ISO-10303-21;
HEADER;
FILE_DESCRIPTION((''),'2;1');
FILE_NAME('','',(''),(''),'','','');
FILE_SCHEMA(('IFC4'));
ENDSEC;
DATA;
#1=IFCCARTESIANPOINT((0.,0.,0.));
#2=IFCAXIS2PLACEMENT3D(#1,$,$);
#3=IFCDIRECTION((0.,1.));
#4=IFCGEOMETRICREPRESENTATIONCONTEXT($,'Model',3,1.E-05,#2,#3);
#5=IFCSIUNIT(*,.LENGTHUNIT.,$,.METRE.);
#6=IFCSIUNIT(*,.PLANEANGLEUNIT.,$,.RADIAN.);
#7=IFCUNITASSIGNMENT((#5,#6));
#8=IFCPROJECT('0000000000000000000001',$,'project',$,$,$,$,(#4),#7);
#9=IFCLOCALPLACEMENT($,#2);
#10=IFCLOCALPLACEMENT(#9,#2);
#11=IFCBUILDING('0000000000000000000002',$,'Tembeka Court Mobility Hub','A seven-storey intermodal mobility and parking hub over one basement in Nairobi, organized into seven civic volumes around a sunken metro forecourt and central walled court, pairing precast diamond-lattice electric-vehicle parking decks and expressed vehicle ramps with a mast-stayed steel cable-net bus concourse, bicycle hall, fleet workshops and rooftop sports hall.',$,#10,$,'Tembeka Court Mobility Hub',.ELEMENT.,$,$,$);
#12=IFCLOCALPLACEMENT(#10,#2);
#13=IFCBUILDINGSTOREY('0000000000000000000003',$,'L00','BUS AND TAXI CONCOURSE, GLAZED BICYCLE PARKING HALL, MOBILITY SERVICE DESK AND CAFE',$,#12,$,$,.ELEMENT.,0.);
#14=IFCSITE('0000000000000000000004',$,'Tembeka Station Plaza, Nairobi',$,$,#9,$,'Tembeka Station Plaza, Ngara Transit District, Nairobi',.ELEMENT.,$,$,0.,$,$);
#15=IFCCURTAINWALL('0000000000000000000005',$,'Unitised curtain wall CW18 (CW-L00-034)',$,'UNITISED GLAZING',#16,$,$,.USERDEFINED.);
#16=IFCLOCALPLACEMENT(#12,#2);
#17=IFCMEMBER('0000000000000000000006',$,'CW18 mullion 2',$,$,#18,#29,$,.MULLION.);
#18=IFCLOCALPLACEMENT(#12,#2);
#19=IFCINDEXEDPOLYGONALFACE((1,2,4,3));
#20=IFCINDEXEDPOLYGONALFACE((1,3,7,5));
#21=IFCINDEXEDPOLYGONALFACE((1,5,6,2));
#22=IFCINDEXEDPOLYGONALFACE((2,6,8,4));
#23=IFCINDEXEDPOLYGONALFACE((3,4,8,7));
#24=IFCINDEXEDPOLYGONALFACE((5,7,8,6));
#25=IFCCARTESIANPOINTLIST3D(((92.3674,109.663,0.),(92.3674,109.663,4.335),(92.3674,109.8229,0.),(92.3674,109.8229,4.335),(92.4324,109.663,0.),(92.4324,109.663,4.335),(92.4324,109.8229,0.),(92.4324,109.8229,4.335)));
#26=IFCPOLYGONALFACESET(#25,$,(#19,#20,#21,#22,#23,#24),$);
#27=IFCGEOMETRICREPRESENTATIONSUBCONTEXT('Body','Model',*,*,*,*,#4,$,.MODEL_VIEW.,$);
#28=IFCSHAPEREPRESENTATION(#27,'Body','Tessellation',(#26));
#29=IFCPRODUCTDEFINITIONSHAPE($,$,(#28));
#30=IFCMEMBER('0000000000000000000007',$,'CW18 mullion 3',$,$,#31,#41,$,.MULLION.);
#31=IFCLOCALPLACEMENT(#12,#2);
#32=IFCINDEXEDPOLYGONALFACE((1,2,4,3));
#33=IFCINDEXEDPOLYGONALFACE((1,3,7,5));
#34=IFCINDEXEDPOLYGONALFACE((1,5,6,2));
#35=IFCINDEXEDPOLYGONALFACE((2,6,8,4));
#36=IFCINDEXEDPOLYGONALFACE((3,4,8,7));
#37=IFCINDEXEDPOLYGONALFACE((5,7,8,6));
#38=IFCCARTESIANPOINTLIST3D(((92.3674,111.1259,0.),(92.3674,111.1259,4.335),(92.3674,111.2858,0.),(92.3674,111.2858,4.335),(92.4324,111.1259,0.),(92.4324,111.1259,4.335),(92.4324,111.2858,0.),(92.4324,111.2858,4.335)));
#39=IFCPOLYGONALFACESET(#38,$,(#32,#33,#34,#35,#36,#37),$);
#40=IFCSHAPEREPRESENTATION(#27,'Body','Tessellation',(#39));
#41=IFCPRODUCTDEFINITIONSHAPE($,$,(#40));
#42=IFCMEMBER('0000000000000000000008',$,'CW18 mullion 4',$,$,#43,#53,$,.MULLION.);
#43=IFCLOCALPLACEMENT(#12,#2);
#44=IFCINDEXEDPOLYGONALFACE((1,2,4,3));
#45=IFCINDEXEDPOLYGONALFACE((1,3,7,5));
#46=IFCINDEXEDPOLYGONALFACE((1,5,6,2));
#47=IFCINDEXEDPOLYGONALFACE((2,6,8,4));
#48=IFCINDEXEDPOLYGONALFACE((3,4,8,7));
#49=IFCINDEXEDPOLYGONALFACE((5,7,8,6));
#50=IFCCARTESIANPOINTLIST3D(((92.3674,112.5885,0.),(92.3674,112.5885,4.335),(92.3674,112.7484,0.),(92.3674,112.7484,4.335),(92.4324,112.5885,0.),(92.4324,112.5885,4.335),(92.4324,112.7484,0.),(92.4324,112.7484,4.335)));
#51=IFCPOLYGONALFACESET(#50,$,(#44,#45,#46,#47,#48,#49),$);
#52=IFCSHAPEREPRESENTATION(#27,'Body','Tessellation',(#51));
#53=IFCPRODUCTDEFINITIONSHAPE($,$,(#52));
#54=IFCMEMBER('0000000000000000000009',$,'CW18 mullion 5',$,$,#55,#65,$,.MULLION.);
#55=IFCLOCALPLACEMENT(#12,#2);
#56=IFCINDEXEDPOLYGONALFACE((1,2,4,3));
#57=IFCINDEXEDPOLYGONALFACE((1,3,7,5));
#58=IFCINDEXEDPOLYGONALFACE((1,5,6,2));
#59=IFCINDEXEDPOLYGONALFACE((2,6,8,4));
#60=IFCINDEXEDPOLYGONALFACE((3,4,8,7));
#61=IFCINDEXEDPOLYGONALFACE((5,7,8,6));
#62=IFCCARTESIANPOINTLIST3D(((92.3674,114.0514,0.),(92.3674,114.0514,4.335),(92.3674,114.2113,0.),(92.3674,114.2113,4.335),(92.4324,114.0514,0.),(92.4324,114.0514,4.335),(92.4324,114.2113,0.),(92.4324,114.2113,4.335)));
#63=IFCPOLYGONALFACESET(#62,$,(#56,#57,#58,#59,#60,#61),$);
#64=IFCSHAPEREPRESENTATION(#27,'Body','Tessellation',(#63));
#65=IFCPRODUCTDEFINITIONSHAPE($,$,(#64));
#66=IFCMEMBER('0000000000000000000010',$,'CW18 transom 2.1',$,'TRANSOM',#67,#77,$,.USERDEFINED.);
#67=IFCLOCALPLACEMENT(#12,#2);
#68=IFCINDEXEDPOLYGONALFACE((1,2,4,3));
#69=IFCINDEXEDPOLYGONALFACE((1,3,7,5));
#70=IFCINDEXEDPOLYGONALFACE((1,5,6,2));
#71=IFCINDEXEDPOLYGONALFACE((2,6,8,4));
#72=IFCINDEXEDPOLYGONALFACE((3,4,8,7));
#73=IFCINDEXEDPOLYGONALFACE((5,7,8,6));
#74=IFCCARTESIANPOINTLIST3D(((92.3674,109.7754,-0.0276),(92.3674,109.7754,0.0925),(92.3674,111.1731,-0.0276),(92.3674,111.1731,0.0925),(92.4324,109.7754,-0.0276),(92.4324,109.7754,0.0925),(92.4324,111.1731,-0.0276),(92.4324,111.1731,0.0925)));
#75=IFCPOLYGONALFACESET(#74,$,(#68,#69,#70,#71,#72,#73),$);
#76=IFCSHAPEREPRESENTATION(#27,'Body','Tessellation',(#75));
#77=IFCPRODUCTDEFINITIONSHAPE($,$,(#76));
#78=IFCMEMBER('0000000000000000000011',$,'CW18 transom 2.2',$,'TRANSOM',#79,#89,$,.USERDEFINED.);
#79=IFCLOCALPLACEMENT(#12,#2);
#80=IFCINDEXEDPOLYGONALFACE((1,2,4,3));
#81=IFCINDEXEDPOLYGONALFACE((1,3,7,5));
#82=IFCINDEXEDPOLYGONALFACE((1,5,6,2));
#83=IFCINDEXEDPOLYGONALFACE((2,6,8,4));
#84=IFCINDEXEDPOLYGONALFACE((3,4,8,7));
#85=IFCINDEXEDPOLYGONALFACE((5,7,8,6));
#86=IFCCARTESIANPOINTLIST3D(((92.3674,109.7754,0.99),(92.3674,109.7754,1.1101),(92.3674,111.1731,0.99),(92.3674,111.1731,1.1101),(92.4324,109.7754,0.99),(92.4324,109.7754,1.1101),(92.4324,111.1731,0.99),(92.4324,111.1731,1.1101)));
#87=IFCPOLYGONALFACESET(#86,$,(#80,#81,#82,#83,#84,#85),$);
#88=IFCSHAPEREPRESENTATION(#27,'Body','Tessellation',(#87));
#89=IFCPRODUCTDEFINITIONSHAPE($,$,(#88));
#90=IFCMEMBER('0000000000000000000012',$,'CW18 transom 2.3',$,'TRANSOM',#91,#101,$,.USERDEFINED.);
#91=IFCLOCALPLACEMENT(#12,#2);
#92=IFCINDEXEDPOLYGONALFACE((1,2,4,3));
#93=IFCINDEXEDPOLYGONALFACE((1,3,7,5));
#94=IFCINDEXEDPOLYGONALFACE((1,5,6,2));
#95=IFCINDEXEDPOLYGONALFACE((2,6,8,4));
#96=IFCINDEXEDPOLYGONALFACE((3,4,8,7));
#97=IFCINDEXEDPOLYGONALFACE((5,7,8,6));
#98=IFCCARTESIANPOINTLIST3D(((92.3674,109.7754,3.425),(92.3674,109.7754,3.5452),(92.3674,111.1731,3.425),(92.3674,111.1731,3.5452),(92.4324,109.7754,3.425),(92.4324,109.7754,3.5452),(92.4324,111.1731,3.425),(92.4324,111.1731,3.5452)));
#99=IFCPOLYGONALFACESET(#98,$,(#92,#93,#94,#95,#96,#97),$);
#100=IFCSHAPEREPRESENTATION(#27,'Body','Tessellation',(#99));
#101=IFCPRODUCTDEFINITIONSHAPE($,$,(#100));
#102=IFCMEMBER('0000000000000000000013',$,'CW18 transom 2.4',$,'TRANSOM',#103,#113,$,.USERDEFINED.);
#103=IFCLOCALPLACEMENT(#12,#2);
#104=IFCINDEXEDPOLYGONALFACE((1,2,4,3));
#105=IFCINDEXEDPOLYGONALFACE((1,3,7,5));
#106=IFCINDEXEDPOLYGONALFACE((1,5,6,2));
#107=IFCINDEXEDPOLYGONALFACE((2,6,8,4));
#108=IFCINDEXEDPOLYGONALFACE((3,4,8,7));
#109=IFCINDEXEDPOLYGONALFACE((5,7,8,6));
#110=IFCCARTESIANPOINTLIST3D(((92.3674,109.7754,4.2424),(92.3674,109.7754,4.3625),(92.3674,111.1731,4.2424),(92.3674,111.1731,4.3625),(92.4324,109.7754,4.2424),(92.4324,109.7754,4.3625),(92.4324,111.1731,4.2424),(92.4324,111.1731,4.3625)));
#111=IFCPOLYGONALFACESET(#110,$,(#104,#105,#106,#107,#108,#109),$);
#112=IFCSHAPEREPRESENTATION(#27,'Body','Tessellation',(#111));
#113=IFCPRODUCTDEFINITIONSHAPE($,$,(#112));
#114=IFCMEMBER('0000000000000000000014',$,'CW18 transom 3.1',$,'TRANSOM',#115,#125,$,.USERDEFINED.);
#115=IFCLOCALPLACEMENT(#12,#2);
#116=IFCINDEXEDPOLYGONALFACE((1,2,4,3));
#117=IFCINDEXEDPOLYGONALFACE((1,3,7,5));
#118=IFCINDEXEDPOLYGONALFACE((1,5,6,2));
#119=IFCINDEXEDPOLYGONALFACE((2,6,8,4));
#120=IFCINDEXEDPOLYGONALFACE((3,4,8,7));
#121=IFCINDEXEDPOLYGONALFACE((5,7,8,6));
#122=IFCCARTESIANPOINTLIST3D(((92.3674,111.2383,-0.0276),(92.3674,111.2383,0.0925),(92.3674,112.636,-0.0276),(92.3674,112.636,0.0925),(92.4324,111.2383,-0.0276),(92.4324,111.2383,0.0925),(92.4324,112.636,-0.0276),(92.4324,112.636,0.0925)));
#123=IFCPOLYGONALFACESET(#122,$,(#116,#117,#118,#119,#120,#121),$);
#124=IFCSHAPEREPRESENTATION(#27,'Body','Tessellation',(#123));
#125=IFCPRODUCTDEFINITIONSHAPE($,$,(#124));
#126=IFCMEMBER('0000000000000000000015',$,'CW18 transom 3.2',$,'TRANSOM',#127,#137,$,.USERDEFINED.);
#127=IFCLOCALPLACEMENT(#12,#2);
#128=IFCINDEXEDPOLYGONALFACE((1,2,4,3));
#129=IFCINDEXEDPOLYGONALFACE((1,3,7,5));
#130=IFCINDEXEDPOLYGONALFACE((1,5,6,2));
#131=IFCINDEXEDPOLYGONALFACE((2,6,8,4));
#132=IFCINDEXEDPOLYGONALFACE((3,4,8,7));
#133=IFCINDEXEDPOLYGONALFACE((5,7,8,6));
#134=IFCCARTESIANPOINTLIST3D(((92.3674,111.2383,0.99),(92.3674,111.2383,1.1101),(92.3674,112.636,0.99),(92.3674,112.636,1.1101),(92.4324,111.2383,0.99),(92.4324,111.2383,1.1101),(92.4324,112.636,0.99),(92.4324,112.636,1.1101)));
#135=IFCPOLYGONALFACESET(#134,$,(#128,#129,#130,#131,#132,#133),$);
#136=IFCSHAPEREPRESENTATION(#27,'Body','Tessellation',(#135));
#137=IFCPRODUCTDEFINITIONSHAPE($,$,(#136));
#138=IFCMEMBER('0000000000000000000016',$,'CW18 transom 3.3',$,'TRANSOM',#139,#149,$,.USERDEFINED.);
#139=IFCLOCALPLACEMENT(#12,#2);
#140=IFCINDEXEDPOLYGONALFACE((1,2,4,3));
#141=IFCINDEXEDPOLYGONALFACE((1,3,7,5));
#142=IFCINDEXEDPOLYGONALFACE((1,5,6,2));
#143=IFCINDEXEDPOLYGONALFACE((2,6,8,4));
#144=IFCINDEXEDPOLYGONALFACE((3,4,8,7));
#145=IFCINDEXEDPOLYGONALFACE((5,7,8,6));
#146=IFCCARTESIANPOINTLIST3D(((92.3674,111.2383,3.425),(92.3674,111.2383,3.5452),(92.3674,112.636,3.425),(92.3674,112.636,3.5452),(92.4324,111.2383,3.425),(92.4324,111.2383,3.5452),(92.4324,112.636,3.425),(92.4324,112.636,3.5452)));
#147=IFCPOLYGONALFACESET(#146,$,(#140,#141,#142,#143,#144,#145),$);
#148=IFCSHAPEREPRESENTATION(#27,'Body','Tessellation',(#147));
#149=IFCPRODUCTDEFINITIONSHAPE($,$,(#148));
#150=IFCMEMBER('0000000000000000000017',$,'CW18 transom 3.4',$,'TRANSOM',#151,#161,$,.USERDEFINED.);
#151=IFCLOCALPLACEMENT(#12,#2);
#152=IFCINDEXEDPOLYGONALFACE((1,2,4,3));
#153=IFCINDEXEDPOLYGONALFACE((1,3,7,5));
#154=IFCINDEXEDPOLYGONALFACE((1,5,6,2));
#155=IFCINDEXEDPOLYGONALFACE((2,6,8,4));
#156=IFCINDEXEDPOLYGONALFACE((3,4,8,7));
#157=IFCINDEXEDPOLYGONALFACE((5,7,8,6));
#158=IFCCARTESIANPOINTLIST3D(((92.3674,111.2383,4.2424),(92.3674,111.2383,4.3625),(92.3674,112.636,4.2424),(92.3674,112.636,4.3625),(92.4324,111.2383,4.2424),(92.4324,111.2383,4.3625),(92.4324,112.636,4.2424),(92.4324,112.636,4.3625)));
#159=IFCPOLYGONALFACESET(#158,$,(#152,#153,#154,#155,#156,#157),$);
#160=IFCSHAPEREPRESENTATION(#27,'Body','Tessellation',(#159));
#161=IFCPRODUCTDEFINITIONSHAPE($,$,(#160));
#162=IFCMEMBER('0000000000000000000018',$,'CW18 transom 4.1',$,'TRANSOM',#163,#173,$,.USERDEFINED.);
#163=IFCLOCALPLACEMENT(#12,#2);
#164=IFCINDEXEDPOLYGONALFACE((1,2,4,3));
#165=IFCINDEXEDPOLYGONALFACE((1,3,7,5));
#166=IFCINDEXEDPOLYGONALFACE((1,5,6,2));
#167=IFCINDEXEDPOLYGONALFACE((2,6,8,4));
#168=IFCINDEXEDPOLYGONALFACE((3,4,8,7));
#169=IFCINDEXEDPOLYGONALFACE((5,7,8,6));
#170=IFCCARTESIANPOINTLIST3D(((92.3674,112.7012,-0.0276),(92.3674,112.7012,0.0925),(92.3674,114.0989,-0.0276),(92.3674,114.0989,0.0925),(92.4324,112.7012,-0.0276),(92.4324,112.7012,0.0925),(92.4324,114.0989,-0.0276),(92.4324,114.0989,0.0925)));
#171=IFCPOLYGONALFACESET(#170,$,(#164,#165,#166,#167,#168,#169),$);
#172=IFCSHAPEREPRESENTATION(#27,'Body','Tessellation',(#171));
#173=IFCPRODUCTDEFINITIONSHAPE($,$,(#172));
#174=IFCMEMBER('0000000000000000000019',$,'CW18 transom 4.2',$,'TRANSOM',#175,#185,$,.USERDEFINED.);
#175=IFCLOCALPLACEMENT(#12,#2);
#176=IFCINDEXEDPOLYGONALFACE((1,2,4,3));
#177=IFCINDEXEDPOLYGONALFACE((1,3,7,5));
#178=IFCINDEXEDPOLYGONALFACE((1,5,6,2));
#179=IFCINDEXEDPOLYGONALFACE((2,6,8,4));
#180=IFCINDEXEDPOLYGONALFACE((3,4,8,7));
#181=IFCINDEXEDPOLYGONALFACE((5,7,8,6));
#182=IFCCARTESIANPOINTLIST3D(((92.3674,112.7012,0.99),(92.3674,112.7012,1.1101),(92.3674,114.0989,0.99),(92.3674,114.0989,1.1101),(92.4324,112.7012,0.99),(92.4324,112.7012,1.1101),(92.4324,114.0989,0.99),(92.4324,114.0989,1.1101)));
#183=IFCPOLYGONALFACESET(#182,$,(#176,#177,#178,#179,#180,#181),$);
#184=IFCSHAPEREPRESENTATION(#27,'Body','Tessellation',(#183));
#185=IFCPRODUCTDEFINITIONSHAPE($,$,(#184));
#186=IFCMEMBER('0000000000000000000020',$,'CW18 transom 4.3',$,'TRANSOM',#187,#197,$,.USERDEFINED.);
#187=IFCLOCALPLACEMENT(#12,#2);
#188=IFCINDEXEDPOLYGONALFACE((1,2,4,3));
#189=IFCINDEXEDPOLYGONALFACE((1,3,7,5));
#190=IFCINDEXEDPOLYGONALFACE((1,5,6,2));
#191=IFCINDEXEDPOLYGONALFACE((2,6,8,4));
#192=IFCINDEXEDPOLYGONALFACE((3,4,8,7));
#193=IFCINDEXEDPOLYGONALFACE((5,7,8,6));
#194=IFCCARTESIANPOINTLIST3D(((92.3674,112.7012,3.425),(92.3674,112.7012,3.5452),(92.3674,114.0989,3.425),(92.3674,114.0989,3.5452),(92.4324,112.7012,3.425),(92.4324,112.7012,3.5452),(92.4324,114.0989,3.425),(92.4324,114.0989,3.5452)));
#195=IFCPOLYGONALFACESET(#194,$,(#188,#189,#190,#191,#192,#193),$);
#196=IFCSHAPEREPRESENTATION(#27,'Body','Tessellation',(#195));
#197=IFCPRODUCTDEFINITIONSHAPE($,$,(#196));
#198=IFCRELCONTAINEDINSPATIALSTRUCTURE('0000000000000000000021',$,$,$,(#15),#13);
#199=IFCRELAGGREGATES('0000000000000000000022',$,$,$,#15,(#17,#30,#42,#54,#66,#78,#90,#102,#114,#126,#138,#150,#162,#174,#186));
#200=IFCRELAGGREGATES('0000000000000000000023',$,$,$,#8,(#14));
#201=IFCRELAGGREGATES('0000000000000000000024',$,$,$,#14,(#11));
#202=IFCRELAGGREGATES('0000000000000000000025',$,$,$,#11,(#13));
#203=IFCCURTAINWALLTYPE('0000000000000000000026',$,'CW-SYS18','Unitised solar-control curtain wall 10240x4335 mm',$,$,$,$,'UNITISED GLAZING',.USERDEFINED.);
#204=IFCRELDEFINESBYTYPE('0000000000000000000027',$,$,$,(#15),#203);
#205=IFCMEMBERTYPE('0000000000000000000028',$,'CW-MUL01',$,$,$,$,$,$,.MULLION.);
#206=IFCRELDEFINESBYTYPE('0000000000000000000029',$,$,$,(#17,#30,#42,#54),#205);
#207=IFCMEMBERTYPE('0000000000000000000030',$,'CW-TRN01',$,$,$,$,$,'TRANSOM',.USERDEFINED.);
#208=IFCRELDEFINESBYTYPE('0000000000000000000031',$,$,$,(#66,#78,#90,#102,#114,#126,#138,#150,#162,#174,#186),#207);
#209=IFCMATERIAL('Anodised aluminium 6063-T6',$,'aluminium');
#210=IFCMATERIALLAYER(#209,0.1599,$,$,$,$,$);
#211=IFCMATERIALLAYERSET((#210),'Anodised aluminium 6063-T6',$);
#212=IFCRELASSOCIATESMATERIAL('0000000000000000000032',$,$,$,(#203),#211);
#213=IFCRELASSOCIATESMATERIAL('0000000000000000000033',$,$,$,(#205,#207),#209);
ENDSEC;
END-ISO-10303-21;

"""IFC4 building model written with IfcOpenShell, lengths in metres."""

from ifc_helpers import new_model, si_unit, direction, frame, origin, origin_2d, place, context, subcontext, project, spatial, rectangle, extrude, material, layer, layer_set, material_profile, profile_set, type_object, element, aggregate, save


model = new_model("IFC4")

# Units and contexts
model_context = context("Model", 3, precision=1e-05, world=origin(), true_north=direction((0.0, 1.0)))
body_context = subcontext(model_context, "Body", "Model", "MODEL_VIEW")
ifc_project = project(units=[si_unit("LENGTHUNIT", "METRE"), si_unit("PLANEANGLEUNIT", "RADIAN")], contexts=[model_context])

# Site, building, storey
site_placement = place(None, origin())
site = spatial("IfcSite", under=ifc_project, at=site_placement, Name="Tembeka Station Plaza, Nairobi", LongName="Tembeka Station Plaza, Ngara Transit District, Nairobi", CompositionType="ELEMENT", RefElevation=0.0)
building_placement = place(site_placement, origin())
building = spatial("IfcBuilding", under=site, at=building_placement, Name="Tembeka Court Mobility Hub", Description="A seven-storey intermodal mobility and parking hub over one basement in Nairobi, organized into seven civic volumes around a sunken metro forecourt and central walled court, pairing precast diamond-lattice electric-vehicle parking decks and expressed vehicle ramps with a mast-stayed steel cable-net bus concourse, bicycle hall, fleet workshops and rooftop sports hall.", LongName="Tembeka Court Mobility Hub", CompositionType="ELEMENT")
storey_placement = place(building_placement, origin())
storey = spatial("IfcBuildingStorey", under=building, at=storey_placement, Name="L00", Description="BUS AND TAXI CONCOURSE, GLAZED BICYCLE PARKING HALL, MOBILITY SERVICE DESK AND CAFE", CompositionType="ELEMENT", Elevation=0.0)

# Curtain wall, members
ifc_material_1 = material(Name="Anodised aluminium 6063-T6", Category="aluminium")
ifc_layer_1 = layer(ifc_material_1, 0.1599)
ifc_layer_set_1 = layer_set([ifc_layer_1], Name="Anodised aluminium 6063-T6")
curtain_wall_type = type_object("IfcCurtainWallType", Name="CW-SYS18", Description="Unitised solar-control curtain wall 10240x4335 mm", ElementType="UNITISED GLAZING", PredefinedType="USERDEFINED", material=ifc_layer_set_1)
curtain_wall_placement = place(storey_placement, origin())
curtain_wall = element("IfcCurtainWall", 1, at=curtain_wall_placement, inside=storey, type_object=curtain_wall_type, Name="Unitised curtain wall CW18 (CW-L00-034)", ObjectType="UNITISED GLAZING", PredefinedType="USERDEFINED")
ifc_material_profile_1 = material_profile(ifc_material_1, rectangle(XDim=0.0649, YDim=0.1599, at=origin_2d()), Name="ALU-MUL 65x160")
ifc_profile_set_1 = profile_set([ifc_material_profile_1], Name="Anodised aluminium 6063-T6")
member_type_1 = type_object("IfcMemberType", Name="CW-MUL01", PredefinedType="MULLION", material=ifc_profile_set_1)
member_1_placement = place(storey_placement, frame((92.3999, 109.7429, 0.0), z_axis=(0.0, 0.0, 1.0), x_axis=(-1.0, 0.0, 0.0)))
member_1 = element("IfcMember", 2, at=member_1_placement, type_object=member_type_1, Name="CW18 mullion 2", PredefinedType="MULLION", context=body_context, shape_type="SweptSolid", body=[
    extrude(rectangle(XDim=0.0649, YDim=0.1599, at=origin_2d()), origin(), (0.0, 0.0, 1.0), 4.335),
])
member_2_placement = place(storey_placement, frame((92.3999, 111.2058, 0.0), z_axis=(0.0, 0.0, 1.0), x_axis=(-1.0, 0.0, 0.0)))
member_2 = element("IfcMember", 3, at=member_2_placement, type_object=member_type_1, Name="CW18 mullion 3", PredefinedType="MULLION", context=body_context, shape_type="SweptSolid", body=[
    extrude(rectangle(XDim=0.0649, YDim=0.1599, at=origin_2d()), origin(), (0.0, 0.0, 1.0), 4.335),
])
member_3_placement = place(storey_placement, frame((92.3999, 112.6685, 0.0), z_axis=(0.0, 0.0, 1.0), x_axis=(-1.0, 0.0, 0.0)))
member_3 = element("IfcMember", 4, at=member_3_placement, type_object=member_type_1, Name="CW18 mullion 4", PredefinedType="MULLION", context=body_context, shape_type="SweptSolid", body=[
    extrude(rectangle(XDim=0.0649, YDim=0.1599, at=origin_2d()), origin(), (0.0, 0.0, 1.0), 4.335),
])
member_4_placement = place(storey_placement, frame((92.3999, 114.1313, 0.0), z_axis=(0.0, 0.0, 1.0), x_axis=(-1.0, 0.0, 0.0)))
member_4 = element("IfcMember", 5, at=member_4_placement, type_object=member_type_1, Name="CW18 mullion 5", PredefinedType="MULLION", context=body_context, shape_type="SweptSolid", body=[
    extrude(rectangle(XDim=0.0649, YDim=0.1599, at=origin_2d()), origin(), (0.0, 0.0, 1.0), 4.335),
])
ifc_material_profile_2 = material_profile(ifc_material_1, rectangle(XDim=0.0649, YDim=0.1201, at=origin_2d()), Name="ALU-TRN 65x120")
ifc_profile_set_2 = profile_set([ifc_material_profile_2], Name="Anodised aluminium 6063-T6")
member_type_2 = type_object("IfcMemberType", Name="CW-TRN01", ElementType="TRANSOM", PredefinedType="USERDEFINED", material=ifc_profile_set_2)
member_5_placement = place(storey_placement, frame((92.3999, 109.7754, 0.0325), z_axis=(0.0, 1.0, 0.0), x_axis=(-1.0, 0.0, 0.0)))
member_5 = element("IfcMember", 6, at=member_5_placement, type_object=member_type_2, Name="CW18 transom 2.1", ObjectType="TRANSOM", PredefinedType="USERDEFINED", context=body_context, shape_type="SweptSolid", body=[
    extrude(rectangle(XDim=0.0649, YDim=0.1201, at=origin_2d()), origin(), (0.0, 0.0, 1.0), 1.3977),
])
member_6_placement = place(storey_placement, frame((92.3999, 109.7754, 1.05), z_axis=(0.0, 1.0, 0.0), x_axis=(-1.0, 0.0, 0.0)))
member_6 = element("IfcMember", 7, at=member_6_placement, type_object=member_type_2, Name="CW18 transom 2.2", ObjectType="TRANSOM", PredefinedType="USERDEFINED", context=body_context, shape_type="SweptSolid", body=[
    extrude(rectangle(XDim=0.0649, YDim=0.1201, at=origin_2d()), origin(), (0.0, 0.0, 1.0), 1.3977),
])
member_7_placement = place(storey_placement, frame((92.3999, 109.7754, 3.4851), z_axis=(0.0, 1.0, 0.0), x_axis=(-1.0, 0.0, 0.0)))
member_7 = element("IfcMember", 8, at=member_7_placement, type_object=member_type_2, Name="CW18 transom 2.3", ObjectType="TRANSOM", PredefinedType="USERDEFINED", context=body_context, shape_type="SweptSolid", body=[
    extrude(rectangle(XDim=0.0649, YDim=0.1201, at=origin_2d()), origin(), (0.0, 0.0, 1.0), 1.3977),
])
member_8_placement = place(storey_placement, frame((92.3999, 109.7754, 4.3025), z_axis=(0.0, 1.0, 0.0), x_axis=(-1.0, 0.0, 0.0)))
member_8 = element("IfcMember", 9, at=member_8_placement, type_object=member_type_2, Name="CW18 transom 2.4", ObjectType="TRANSOM", PredefinedType="USERDEFINED", context=body_context, shape_type="SweptSolid", body=[
    extrude(rectangle(XDim=0.0649, YDim=0.1201, at=origin_2d()), origin(), (0.0, 0.0, 1.0), 1.3977),
])
member_9_placement = place(storey_placement, frame((92.3999, 111.2383, 0.0325), z_axis=(0.0, 1.0, 0.0), x_axis=(-1.0, 0.0, 0.0)))
member_9 = element("IfcMember", 10, at=member_9_placement, type_object=member_type_2, Name="CW18 transom 3.1", ObjectType="TRANSOM", PredefinedType="USERDEFINED", context=body_context, shape_type="SweptSolid", body=[
    extrude(rectangle(XDim=0.0649, YDim=0.1201, at=origin_2d()), origin(), (0.0, 0.0, 1.0), 1.3977),
])
member_10_placement = place(storey_placement, frame((92.3999, 111.2383, 1.05), z_axis=(0.0, 1.0, 0.0), x_axis=(-1.0, 0.0, 0.0)))
member_10 = element("IfcMember", 11, at=member_10_placement, type_object=member_type_2, Name="CW18 transom 3.2", ObjectType="TRANSOM", PredefinedType="USERDEFINED", context=body_context, shape_type="SweptSolid", body=[
    extrude(rectangle(XDim=0.0649, YDim=0.1201, at=origin_2d()), origin(), (0.0, 0.0, 1.0), 1.3977),
])
member_11_placement = place(storey_placement, frame((92.3999, 111.2383, 3.4851), z_axis=(0.0, 1.0, 0.0), x_axis=(-1.0, 0.0, 0.0)))
member_11 = element("IfcMember", 12, at=member_11_placement, type_object=member_type_2, Name="CW18 transom 3.3", ObjectType="TRANSOM", PredefinedType="USERDEFINED", context=body_context, shape_type="SweptSolid", body=[
    extrude(rectangle(XDim=0.0649, YDim=0.1201, at=origin_2d()), origin(), (0.0, 0.0, 1.0), 1.3977),
])
member_12_placement = place(storey_placement, frame((92.3999, 111.2383, 4.3025), z_axis=(0.0, 1.0, 0.0), x_axis=(-1.0, 0.0, 0.0)))
member_12 = element("IfcMember", 13, at=member_12_placement, type_object=member_type_2, Name="CW18 transom 3.4", ObjectType="TRANSOM", PredefinedType="USERDEFINED", context=body_context, shape_type="SweptSolid", body=[
    extrude(rectangle(XDim=0.0649, YDim=0.1201, at=origin_2d()), origin(), (0.0, 0.0, 1.0), 1.3977),
])
member_13_placement = place(storey_placement, frame((92.3999, 112.7012, 0.0325), z_axis=(0.0, 1.0, 0.0), x_axis=(-1.0, 0.0, 0.0)))
member_13 = element("IfcMember", 14, at=member_13_placement, type_object=member_type_2, Name="CW18 transom 4.1", ObjectType="TRANSOM", PredefinedType="USERDEFINED", context=body_context, shape_type="SweptSolid", body=[
    extrude(rectangle(XDim=0.0649, YDim=0.1201, at=origin_2d()), origin(), (0.0, 0.0, 1.0), 1.3977),
])
member_14_placement = place(storey_placement, frame((92.3999, 112.7012, 1.05), z_axis=(0.0, 1.0, 0.0), x_axis=(-1.0, 0.0, 0.0)))
member_14 = element("IfcMember", 15, at=member_14_placement, type_object=member_type_2, Name="CW18 transom 4.2", ObjectType="TRANSOM", PredefinedType="USERDEFINED", context=body_context, shape_type="SweptSolid", body=[
    extrude(rectangle(XDim=0.0649, YDim=0.1201, at=origin_2d()), origin(), (0.0, 0.0, 1.0), 1.3977),
])
member_15_placement = place(storey_placement, frame((92.3999, 112.7012, 3.4851), z_axis=(0.0, 1.0, 0.0), x_axis=(-1.0, 0.0, 0.0)))
member_15 = element("IfcMember", 16, at=member_15_placement, type_object=member_type_2, Name="CW18 transom 4.3", ObjectType="TRANSOM", PredefinedType="USERDEFINED", context=body_context, shape_type="SweptSolid", body=[
    extrude(rectangle(XDim=0.0649, YDim=0.1201, at=origin_2d()), origin(), (0.0, 0.0, 1.0), 1.3977),
])
aggregate(curtain_wall, [member_1, member_2, member_3, member_4, member_5, member_6, member_7, member_8, member_9, member_10, member_11, member_12, member_13, member_14, member_15])

save(model, "model.ifc")
